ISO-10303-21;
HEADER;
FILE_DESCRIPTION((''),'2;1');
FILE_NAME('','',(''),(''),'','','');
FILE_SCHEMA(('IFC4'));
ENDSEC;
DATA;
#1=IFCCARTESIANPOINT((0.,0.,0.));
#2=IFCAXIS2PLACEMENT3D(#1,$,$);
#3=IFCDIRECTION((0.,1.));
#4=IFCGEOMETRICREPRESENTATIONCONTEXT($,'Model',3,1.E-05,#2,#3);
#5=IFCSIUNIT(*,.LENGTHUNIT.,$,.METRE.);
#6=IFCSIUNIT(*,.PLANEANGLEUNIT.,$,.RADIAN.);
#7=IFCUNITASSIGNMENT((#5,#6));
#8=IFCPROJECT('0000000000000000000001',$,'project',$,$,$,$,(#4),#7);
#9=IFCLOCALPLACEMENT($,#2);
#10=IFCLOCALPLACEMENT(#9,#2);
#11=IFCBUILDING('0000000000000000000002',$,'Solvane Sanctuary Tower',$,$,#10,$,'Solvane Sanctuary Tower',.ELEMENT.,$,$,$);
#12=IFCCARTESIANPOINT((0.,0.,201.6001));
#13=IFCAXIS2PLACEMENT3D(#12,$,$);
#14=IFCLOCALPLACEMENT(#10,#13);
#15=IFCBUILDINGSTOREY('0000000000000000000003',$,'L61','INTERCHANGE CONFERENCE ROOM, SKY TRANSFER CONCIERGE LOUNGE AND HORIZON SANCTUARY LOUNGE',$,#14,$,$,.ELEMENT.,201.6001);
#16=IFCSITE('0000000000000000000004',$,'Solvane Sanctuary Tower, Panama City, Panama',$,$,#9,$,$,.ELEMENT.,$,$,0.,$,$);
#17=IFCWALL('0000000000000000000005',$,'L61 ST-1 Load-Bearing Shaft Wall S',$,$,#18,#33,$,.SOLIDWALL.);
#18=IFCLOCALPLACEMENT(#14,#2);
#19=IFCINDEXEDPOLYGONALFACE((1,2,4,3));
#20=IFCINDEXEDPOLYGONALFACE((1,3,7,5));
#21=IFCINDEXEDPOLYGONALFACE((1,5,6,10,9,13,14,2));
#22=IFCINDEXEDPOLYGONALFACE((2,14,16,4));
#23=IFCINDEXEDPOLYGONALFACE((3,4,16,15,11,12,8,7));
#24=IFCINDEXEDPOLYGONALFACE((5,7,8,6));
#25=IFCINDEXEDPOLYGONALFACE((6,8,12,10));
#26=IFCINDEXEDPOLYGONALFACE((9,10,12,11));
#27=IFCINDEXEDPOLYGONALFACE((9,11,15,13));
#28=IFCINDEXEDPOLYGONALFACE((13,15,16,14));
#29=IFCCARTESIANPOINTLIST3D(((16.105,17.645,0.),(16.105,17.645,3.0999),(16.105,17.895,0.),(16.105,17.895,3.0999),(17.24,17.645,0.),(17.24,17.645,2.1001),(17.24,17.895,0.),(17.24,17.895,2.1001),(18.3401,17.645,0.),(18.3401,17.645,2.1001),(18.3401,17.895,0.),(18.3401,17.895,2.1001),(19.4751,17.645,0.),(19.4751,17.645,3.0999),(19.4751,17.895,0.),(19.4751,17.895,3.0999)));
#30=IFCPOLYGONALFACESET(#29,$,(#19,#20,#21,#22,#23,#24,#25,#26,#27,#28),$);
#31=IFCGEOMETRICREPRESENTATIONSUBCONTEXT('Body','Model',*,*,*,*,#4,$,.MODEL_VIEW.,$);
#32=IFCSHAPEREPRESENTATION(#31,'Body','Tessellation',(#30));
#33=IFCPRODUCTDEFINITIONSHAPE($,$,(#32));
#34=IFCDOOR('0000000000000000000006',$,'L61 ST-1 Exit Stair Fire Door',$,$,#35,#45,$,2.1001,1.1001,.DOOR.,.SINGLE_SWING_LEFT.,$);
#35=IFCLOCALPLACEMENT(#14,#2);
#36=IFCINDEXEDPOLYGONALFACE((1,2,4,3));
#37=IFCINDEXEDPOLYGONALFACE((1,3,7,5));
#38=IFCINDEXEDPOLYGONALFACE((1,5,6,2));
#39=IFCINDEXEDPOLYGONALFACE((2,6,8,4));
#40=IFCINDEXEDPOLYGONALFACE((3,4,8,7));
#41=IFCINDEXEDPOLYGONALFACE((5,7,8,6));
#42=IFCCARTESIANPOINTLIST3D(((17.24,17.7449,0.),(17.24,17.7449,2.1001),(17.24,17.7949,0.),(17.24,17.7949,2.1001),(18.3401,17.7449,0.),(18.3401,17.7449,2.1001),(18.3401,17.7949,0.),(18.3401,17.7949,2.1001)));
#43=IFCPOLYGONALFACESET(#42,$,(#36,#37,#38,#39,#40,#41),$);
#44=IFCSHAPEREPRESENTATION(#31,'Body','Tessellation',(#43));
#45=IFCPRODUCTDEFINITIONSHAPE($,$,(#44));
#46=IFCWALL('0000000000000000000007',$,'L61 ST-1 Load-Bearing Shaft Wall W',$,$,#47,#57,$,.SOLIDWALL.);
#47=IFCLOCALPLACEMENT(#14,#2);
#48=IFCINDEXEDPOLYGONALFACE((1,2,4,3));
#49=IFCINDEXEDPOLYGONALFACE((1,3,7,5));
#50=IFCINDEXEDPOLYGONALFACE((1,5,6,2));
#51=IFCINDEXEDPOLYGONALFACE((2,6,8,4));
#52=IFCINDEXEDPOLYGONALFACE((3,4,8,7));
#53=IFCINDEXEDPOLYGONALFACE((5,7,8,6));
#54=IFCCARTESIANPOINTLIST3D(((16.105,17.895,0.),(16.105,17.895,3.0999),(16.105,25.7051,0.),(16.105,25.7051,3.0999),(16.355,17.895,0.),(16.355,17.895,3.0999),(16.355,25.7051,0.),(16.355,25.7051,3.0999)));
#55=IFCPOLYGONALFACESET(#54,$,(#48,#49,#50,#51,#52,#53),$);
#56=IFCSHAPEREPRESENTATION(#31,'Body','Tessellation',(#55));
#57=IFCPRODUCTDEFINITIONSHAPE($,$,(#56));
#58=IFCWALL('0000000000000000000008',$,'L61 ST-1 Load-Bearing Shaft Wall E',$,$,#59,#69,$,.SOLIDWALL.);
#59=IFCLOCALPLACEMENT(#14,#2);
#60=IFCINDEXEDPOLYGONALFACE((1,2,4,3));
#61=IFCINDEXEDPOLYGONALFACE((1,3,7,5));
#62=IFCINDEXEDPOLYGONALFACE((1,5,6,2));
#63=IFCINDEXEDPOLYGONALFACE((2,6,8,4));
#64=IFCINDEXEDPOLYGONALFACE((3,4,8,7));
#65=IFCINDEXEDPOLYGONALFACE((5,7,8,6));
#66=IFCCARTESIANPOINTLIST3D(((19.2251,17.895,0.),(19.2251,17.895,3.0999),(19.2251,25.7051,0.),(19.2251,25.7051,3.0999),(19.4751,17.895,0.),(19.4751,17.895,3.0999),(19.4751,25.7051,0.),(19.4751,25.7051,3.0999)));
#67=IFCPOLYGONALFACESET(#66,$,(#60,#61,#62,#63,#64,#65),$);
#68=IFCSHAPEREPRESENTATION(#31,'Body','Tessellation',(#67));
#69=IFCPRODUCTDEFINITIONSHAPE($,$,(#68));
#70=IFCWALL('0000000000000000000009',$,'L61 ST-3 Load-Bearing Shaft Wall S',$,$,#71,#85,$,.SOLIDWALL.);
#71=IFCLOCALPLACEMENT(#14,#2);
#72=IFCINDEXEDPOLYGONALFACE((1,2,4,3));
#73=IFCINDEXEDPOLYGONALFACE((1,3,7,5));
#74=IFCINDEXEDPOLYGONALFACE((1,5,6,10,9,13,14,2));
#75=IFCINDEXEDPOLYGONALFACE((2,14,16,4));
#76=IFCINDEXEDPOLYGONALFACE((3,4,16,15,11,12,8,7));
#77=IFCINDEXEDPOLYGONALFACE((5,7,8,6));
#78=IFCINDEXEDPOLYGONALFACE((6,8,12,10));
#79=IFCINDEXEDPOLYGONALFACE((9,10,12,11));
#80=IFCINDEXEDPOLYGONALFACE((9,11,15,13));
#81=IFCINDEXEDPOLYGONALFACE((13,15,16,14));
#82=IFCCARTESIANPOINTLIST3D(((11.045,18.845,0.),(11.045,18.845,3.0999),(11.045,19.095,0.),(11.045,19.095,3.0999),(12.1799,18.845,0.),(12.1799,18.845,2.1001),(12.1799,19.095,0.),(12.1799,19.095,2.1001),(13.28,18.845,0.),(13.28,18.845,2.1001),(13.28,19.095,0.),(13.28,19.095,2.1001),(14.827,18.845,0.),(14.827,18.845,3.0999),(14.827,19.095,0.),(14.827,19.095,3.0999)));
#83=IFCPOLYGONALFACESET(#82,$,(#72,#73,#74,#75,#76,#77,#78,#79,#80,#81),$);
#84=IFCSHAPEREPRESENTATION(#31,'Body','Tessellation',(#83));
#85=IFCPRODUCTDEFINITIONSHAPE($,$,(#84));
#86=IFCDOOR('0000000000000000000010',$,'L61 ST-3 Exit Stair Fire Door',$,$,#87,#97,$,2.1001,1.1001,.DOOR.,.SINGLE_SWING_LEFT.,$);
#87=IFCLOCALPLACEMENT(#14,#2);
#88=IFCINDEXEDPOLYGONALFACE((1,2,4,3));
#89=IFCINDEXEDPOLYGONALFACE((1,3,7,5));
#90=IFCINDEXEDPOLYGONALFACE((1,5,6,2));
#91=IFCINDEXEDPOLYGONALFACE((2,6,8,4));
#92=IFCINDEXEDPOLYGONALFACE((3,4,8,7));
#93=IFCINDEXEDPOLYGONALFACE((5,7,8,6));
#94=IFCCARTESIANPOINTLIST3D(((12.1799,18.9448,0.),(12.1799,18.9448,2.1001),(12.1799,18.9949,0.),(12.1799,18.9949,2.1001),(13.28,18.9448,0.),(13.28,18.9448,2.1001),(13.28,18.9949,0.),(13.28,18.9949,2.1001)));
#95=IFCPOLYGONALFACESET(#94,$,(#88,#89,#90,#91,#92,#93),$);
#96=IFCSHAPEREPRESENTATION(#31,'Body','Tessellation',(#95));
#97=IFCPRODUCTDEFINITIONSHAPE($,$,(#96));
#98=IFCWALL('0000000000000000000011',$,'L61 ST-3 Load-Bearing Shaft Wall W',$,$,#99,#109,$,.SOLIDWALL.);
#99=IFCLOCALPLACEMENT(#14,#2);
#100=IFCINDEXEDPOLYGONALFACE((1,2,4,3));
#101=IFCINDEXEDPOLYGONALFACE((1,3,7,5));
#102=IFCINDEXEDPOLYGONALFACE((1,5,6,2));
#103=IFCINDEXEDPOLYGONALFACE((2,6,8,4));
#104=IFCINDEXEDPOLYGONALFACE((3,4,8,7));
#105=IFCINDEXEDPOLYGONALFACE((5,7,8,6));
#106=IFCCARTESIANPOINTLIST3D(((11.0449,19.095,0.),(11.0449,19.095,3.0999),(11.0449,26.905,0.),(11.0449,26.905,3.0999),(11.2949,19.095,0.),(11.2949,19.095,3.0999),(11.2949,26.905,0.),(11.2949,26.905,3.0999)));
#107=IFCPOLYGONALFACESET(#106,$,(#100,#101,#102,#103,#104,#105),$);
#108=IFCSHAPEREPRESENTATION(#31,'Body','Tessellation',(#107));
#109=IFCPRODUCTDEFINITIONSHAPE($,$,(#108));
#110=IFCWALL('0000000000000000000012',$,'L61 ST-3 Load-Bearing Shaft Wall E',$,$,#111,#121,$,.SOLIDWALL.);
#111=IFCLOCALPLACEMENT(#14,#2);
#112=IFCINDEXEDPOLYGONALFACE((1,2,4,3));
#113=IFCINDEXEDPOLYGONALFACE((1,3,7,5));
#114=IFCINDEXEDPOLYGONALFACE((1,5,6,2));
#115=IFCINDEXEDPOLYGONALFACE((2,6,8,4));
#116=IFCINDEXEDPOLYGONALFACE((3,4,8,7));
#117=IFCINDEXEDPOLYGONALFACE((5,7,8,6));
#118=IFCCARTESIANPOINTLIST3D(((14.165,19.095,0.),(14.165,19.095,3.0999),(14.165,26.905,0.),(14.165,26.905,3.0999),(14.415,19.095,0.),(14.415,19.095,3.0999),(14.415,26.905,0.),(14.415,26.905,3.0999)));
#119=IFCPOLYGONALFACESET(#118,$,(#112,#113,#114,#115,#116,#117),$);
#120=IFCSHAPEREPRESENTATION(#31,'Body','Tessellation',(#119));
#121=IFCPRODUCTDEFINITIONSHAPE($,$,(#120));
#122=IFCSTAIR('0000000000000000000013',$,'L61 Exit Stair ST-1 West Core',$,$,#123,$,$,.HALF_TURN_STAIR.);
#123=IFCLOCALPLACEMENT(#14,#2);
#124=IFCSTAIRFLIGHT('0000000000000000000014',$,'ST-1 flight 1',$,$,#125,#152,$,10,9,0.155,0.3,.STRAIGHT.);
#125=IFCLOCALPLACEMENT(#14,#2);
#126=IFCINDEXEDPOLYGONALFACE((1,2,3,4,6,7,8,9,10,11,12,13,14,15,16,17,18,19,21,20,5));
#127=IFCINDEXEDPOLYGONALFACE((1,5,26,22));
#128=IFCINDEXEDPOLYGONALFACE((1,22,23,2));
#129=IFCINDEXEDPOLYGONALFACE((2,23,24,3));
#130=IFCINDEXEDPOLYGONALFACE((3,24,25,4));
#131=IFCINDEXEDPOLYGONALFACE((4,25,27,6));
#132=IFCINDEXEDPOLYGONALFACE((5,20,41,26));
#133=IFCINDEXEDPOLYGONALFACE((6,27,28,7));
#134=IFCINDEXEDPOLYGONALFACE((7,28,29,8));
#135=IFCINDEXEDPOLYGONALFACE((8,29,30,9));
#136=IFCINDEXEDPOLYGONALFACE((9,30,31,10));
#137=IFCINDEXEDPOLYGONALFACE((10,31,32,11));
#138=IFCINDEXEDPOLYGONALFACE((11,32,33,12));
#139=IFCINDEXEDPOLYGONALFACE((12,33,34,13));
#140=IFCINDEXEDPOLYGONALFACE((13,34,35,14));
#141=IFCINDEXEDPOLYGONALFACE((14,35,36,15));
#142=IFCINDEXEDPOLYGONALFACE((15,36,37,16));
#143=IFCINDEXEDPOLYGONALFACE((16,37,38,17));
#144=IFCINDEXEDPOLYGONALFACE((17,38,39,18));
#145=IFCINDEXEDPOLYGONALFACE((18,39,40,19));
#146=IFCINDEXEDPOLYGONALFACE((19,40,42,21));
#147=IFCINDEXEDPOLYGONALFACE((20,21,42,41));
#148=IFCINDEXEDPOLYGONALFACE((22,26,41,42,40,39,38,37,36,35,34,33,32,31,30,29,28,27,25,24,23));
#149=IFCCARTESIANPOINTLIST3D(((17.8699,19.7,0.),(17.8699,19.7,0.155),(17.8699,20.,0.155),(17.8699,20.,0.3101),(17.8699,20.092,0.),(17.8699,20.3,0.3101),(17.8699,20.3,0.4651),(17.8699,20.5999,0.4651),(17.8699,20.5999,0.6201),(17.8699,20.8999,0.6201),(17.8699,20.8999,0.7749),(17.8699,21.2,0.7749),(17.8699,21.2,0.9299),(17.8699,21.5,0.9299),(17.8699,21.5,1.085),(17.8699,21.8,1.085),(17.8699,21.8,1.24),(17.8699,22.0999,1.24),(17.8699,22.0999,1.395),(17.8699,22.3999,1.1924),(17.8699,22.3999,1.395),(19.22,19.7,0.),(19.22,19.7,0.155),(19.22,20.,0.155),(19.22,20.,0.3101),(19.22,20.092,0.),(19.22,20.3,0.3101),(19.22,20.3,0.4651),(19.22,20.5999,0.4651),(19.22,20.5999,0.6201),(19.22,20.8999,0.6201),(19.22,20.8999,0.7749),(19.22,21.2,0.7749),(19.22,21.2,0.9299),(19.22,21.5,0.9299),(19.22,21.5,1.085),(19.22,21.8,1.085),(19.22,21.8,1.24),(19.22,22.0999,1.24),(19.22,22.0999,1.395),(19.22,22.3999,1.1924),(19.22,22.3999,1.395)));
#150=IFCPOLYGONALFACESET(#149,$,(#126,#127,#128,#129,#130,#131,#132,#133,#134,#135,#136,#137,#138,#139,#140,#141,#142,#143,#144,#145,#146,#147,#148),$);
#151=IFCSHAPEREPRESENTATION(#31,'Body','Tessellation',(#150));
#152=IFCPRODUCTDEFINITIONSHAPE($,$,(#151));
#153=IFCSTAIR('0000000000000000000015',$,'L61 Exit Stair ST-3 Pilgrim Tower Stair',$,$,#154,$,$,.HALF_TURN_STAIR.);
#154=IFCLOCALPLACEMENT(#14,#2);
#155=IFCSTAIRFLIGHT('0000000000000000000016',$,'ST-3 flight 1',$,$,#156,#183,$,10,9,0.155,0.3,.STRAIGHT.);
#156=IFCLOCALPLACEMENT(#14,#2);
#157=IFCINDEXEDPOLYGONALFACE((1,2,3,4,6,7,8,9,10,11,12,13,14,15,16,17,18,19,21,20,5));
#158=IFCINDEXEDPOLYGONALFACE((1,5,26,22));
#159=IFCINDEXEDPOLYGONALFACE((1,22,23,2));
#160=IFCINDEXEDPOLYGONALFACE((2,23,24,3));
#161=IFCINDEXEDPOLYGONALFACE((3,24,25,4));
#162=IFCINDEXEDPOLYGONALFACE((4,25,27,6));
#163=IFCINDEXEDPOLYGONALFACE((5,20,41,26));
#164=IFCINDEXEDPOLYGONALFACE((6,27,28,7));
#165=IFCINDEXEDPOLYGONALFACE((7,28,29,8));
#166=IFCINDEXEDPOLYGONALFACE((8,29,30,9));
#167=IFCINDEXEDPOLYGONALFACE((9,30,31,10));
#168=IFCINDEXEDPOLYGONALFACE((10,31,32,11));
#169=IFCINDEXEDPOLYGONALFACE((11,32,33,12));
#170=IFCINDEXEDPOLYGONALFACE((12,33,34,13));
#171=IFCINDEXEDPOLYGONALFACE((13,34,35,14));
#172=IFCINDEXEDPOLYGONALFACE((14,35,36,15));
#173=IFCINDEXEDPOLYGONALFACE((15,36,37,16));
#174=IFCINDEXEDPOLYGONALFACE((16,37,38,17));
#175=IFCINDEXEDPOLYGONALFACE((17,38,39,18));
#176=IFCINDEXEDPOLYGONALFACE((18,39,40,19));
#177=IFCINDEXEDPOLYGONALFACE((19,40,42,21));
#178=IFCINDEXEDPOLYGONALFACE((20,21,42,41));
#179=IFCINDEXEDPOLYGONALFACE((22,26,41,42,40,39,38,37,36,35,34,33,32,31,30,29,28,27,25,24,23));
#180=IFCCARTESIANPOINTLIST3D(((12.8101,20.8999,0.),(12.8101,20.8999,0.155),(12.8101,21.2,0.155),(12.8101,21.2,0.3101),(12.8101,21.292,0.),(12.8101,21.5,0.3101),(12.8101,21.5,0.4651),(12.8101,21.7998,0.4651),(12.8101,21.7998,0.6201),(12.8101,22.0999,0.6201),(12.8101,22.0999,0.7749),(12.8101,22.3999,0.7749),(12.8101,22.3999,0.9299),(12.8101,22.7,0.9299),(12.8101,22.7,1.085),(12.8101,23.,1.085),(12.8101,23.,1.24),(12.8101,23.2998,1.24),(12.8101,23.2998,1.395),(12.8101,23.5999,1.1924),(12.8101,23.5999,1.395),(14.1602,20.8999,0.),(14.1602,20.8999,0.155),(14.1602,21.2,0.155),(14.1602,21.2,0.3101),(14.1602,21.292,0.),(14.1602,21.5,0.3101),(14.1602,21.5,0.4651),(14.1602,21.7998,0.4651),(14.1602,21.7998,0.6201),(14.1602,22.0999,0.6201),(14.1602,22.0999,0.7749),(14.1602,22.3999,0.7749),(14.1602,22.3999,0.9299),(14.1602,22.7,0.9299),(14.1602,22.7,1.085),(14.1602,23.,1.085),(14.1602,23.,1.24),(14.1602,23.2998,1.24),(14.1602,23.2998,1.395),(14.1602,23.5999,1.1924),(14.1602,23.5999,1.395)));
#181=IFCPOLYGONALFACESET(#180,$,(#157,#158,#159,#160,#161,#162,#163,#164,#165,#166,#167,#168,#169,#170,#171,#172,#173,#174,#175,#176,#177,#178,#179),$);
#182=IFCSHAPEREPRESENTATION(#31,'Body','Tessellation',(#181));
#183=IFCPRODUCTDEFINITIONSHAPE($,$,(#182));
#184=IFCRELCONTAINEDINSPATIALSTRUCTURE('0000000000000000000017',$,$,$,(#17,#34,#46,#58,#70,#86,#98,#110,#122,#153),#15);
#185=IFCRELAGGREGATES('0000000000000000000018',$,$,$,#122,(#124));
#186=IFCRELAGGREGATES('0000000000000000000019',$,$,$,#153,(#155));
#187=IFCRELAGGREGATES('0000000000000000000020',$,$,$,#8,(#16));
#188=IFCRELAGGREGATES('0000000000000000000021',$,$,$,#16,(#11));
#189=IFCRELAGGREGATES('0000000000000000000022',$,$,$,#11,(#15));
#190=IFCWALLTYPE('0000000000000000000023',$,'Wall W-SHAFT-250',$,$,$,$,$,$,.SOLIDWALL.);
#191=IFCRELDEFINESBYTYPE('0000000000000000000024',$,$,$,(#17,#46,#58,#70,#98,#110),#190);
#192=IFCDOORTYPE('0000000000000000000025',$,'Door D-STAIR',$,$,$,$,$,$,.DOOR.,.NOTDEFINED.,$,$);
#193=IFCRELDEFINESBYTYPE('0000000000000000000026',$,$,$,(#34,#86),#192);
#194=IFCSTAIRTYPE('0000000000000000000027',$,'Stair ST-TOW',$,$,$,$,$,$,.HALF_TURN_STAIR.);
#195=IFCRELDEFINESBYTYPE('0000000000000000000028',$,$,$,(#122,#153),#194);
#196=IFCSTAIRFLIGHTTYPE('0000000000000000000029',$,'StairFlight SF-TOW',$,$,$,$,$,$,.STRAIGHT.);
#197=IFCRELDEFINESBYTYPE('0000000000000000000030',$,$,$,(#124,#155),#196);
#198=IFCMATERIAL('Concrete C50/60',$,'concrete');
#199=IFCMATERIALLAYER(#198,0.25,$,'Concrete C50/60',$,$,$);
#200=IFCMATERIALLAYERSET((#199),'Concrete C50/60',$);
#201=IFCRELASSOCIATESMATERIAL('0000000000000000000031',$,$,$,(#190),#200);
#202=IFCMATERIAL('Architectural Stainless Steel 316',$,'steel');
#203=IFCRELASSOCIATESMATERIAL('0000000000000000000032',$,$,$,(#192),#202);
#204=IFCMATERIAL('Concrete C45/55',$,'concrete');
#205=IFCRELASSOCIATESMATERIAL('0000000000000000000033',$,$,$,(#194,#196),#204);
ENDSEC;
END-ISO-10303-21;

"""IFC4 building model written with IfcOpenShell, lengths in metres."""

from ifc_helpers import new_model, si_unit, direction, frame, frame_2d, origin, place, context, subcontext, project, spatial, polyline, rectangle, outline, extrude, material, layer, layer_set, type_object, element, fill, aggregate, save


model = new_model("IFC4")

# Units and contexts
model_context = context("Model", 3, precision=1e-05, world=origin(), true_north=direction((0.0, 1.0)))
body_context = subcontext(model_context, "Body", "Model", "MODEL_VIEW")
ifc_project = project(units=[si_unit("LENGTHUNIT", "METRE"), si_unit("PLANEANGLEUNIT", "RADIAN")], contexts=[model_context])

# Site, building, storey
site_placement = place(None, origin())
site = spatial("IfcSite", under=ifc_project, at=site_placement, Name="Solvane Sanctuary Tower, Panama City, Panama", CompositionType="ELEMENT", RefElevation=0.0)
building_placement = place(site_placement, origin())
building = spatial("IfcBuilding", under=site, at=building_placement, Name="Solvane Sanctuary Tower", LongName="Solvane Sanctuary Tower", CompositionType="ELEMENT")
storey_placement = place(building_placement, frame((0.0, 0.0, 201.6001)))
storey = spatial("IfcBuildingStorey", under=building, at=storey_placement, Name="L61", Description="INTERCHANGE CONFERENCE ROOM, SKY TRANSFER CONCIERGE LOUNGE AND HORIZON SANCTUARY LOUNGE", CompositionType="ELEMENT", Elevation=201.6001)

# Shared definitions
ifc_material_1 = material(Name="Concrete C50/60", Category="concrete")

# Shared definitions
ifc_material_2 = material(Name="Architectural Stainless Steel 316", Category="steel")

# Wall, opening, door
ifc_layer_1 = layer(ifc_material_1, 0.25, Name="Concrete C50/60")
ifc_layer_set_1 = layer_set([ifc_layer_1], Name="Concrete C50/60")
wall_type_1 = type_object("IfcWallType", Name="Wall W-SHAFT-250", PredefinedType="SOLIDWALL", material=ifc_layer_set_1)
wall_1_placement = place(storey_placement, frame((16.105, 17.77, 0.0), z_axis=(0.0, 0.0, 1.0), x_axis=(1.0, 0.0, 0.0)))
wall_1 = element("IfcWall", 1, at=wall_1_placement, inside=storey, type_object=wall_type_1, Name="L61 ST-1 Load-Bearing Shaft Wall S", PredefinedType="SOLIDWALL", context=body_context, shape_type="SweptSolid", body=[
    extrude(rectangle(XDim=3.3701, YDim=0.25, at=frame_2d((1.6851, 0.0))), origin(), (0.0, 0.0, 1.0), 3.0999),
])
opening_1_placement = place(wall_1_placement, frame((1.135, 0.0, 0.0)))
opening_1 = element("IfcOpeningElement", 2, at=opening_1_placement, cuts=wall_1, PredefinedType="OPENING", context=body_context, shape_type="SweptSolid", body=[
    extrude(rectangle(XDim=1.1001, YDim=2.1001, at=frame_2d((0.55, 1.05))), frame((0.0, 0.135, 0.0), z_axis=(0.0, -1.0, 0.0), x_axis=(1.0, 0.0, 0.0)), (0.0, 0.0, 1.0), 0.27),
])
door_type_1 = type_object("IfcDoorType", Name="Door D-STAIR", OperationType="NOTDEFINED", PredefinedType="DOOR", material=ifc_material_2)
door_1_placement = place(opening_1_placement, origin())
door_1 = element("IfcDoor", 3, at=door_1_placement, inside=storey, type_object=door_type_1, Name="L61 ST-1 Exit Stair Fire Door", OperationType="SINGLE_SWING_LEFT", OverallHeight=2.1001, OverallWidth=1.1001, PredefinedType="DOOR", context=body_context, shape_type="SweptSolid", body=[
    extrude(rectangle(XDim=1.1001, YDim=2.1001, at=frame_2d((0.55, 1.05))), frame((0.0, 0.0249, 0.0), z_axis=(0.0, -1.0, 0.0), x_axis=(1.0, 0.0, 0.0)), (0.0, 0.0, 1.0), 0.05),
])
fill(opening_1, door_1)

# Walls
for number, where, z_axis, x_axis, name in (
    (4, (16.23, 17.895, 0.0), (0.0, 0.0, 1.0), (0.0, 1.0, 0.0), "L61 ST-1 Load-Bearing Shaft Wall W"),
    (5, (19.3501, 17.895, 0.0), (0.0, 0.0, 1.0), (0.0, 1.0, 0.0), "L61 ST-1 Load-Bearing Shaft Wall E"),
):
    element("IfcWall", number, at=place(storey_placement, frame(where, z_axis=z_axis, x_axis=x_axis)), inside=storey, type_object=wall_type_1, Name=name, PredefinedType="SOLIDWALL", context=body_context, shape_type="SweptSolid", body=[
        extrude(rectangle(XDim=7.8101, YDim=0.25, at=frame_2d((3.905, 0.0))), origin(), (0.0, 0.0, 1.0), 3.0999),
    ])

# Wall, opening, door
wall_2_placement = place(storey_placement, frame((11.0449, 18.97, 0.0), z_axis=(0.0, 0.0, 1.0), x_axis=(1.0, 0.0, 0.0)))
wall_2 = element("IfcWall", 6, at=wall_2_placement, inside=storey, type_object=wall_type_1, Name="L61 ST-3 Load-Bearing Shaft Wall S", PredefinedType="SOLIDWALL", context=body_context, shape_type="SweptSolid", body=[
    extrude(rectangle(XDim=3.782, YDim=0.25, at=frame_2d((1.8911, 0.0))), origin(), (0.0, 0.0, 1.0), 3.0999),
])
opening_2_placement = place(wall_2_placement, frame((1.135, 0.0, 0.0)))
opening_2 = element("IfcOpeningElement", 7, at=opening_2_placement, cuts=wall_2, PredefinedType="OPENING", context=body_context, shape_type="SweptSolid", body=[
    extrude(rectangle(XDim=1.1001, YDim=2.1001, at=frame_2d((0.55, 1.05))), frame((0.0, 0.135, 0.0), z_axis=(0.0, -1.0, 0.0), x_axis=(1.0, 0.0, 0.0)), (0.0, 0.0, 1.0), 0.27),
])
door_2_placement = place(opening_2_placement, origin())
door_2 = element("IfcDoor", 8, at=door_2_placement, inside=storey, type_object=door_type_1, Name="L61 ST-3 Exit Stair Fire Door", OperationType="SINGLE_SWING_LEFT", OverallHeight=2.1001, OverallWidth=1.1001, PredefinedType="DOOR", context=body_context, shape_type="SweptSolid", body=[
    extrude(rectangle(XDim=1.1001, YDim=2.1001, at=frame_2d((0.55, 1.05))), frame((0.0, 0.0249, 0.0), z_axis=(0.0, -1.0, 0.0), x_axis=(1.0, 0.0, 0.0)), (0.0, 0.0, 1.0), 0.05),
])
fill(opening_2, door_2)

# Walls
for number, where, z_axis, x_axis, name in (
    (9, (11.1699, 19.095, 0.0), (0.0, 0.0, 1.0), (0.0, 1.0, 0.0), "L61 ST-3 Load-Bearing Shaft Wall W"),
    (10, (14.29, 19.095, 0.0), (0.0, 0.0, 1.0), (0.0, 1.0, 0.0), "L61 ST-3 Load-Bearing Shaft Wall E"),
):
    element("IfcWall", number, at=place(storey_placement, frame(where, z_axis=z_axis, x_axis=x_axis)), inside=storey, type_object=wall_type_1, Name=name, PredefinedType="SOLIDWALL", context=body_context, shape_type="SweptSolid", body=[
        extrude(rectangle(XDim=7.8101, YDim=0.25, at=frame_2d((3.905, 0.0))), origin(), (0.0, 0.0, 1.0), 3.0999),
    ])

# Stairs, stair flights
ifc_material_3 = material(Name="Concrete C45/55", Category="concrete")
stair_type = type_object("IfcStairType", Name="Stair ST-TOW", PredefinedType="HALF_TURN_STAIR", material=ifc_material_3)
stair_1_placement = place(storey_placement, origin())
stair_1 = element("IfcStair", 11, at=stair_1_placement, inside=storey, type_object=stair_type, Name="L61 Exit Stair ST-1 West Core", PredefinedType="HALF_TURN_STAIR")
stair_flight_type = type_object("IfcStairFlightType", Name="StairFlight SF-TOW", PredefinedType="STRAIGHT", material=ifc_material_3)
stair_flight_1_placement = place(storey_placement, frame((18.5449, 19.7, 0.0), z_axis=(0.0, 0.0, 1.0), x_axis=(0.0, 1.0, 0.0)))
stair_flight_1 = element("IfcStairFlight", 12, at=stair_flight_1_placement, type_object=stair_flight_type, Name="ST-1 flight 1", NumberOfRisers=10, NumberOfTreads=9, PredefinedType="STRAIGHT", RiserHeight=0.155, TreadLength=0.3, context=body_context, shape_type="SweptSolid", body=[
    extrude(outline(polyline([(0.0, 0.0), (0.0, 0.155), (0.3, 0.155), (0.3, 0.3101), (0.6001, 0.3101), (0.6001, 0.4651), (0.8999, 0.4651), (0.8999, 0.6201), (1.2, 0.6201), (1.2, 0.7749), (1.5, 0.7749), (1.5, 0.9299), (1.8, 0.9299), (1.8, 1.085), (2.1001, 1.085), (2.1001, 1.24), (2.3999, 1.24), (2.3999, 1.395), (2.7, 1.395), (2.7, 1.55), (2.7, 1.1924), (0.3921, 0.0), (0.0, 0.0)])), frame((0.0, 0.675, 0.0), z_axis=(0.0, -1.0, 0.0), x_axis=(1.0, 0.0, 0.0)), (0.0, 0.0, 1.0), 1.3501),
])
aggregate(stair_1, [stair_flight_1])
stair_2_placement = place(storey_placement, origin())
stair_2 = element("IfcStair", 13, at=stair_2_placement, inside=storey, type_object=stair_type, Name="L61 Exit Stair ST-3 Pilgrim Tower Stair", PredefinedType="HALF_TURN_STAIR")
stair_flight_2_placement = place(storey_placement, frame((13.4851, 20.8999, 0.0), z_axis=(0.0, 0.0, 1.0), x_axis=(0.0, 1.0, 0.0)))
stair_flight_2 = element("IfcStairFlight", 14, at=stair_flight_2_placement, type_object=stair_flight_type, Name="ST-3 flight 1", NumberOfRisers=10, NumberOfTreads=9, PredefinedType="STRAIGHT", RiserHeight=0.155, TreadLength=0.3, context=body_context, shape_type="SweptSolid", body=[
    extrude(outline(polyline([(0.0, 0.0), (0.0, 0.155), (0.3, 0.155), (0.3, 0.3101), (0.6001, 0.3101), (0.6001, 0.4651), (0.8999, 0.4651), (0.8999, 0.6201), (1.2, 0.6201), (1.2, 0.7749), (1.5, 0.7749), (1.5, 0.9299), (1.8, 0.9299), (1.8, 1.085), (2.1001, 1.085), (2.1001, 1.24), (2.3999, 1.24), (2.3999, 1.395), (2.7, 1.395), (2.7, 1.55), (2.7, 1.1924), (0.3921, 0.0), (0.0, 0.0)])), frame((0.0, 0.675, 0.0), z_axis=(0.0, -1.0, 0.0), x_axis=(1.0, 0.0, 0.0)), (0.0, 0.0, 1.0), 1.3501),
])
aggregate(stair_2, [stair_flight_2])

save(model, "model.ifc")
